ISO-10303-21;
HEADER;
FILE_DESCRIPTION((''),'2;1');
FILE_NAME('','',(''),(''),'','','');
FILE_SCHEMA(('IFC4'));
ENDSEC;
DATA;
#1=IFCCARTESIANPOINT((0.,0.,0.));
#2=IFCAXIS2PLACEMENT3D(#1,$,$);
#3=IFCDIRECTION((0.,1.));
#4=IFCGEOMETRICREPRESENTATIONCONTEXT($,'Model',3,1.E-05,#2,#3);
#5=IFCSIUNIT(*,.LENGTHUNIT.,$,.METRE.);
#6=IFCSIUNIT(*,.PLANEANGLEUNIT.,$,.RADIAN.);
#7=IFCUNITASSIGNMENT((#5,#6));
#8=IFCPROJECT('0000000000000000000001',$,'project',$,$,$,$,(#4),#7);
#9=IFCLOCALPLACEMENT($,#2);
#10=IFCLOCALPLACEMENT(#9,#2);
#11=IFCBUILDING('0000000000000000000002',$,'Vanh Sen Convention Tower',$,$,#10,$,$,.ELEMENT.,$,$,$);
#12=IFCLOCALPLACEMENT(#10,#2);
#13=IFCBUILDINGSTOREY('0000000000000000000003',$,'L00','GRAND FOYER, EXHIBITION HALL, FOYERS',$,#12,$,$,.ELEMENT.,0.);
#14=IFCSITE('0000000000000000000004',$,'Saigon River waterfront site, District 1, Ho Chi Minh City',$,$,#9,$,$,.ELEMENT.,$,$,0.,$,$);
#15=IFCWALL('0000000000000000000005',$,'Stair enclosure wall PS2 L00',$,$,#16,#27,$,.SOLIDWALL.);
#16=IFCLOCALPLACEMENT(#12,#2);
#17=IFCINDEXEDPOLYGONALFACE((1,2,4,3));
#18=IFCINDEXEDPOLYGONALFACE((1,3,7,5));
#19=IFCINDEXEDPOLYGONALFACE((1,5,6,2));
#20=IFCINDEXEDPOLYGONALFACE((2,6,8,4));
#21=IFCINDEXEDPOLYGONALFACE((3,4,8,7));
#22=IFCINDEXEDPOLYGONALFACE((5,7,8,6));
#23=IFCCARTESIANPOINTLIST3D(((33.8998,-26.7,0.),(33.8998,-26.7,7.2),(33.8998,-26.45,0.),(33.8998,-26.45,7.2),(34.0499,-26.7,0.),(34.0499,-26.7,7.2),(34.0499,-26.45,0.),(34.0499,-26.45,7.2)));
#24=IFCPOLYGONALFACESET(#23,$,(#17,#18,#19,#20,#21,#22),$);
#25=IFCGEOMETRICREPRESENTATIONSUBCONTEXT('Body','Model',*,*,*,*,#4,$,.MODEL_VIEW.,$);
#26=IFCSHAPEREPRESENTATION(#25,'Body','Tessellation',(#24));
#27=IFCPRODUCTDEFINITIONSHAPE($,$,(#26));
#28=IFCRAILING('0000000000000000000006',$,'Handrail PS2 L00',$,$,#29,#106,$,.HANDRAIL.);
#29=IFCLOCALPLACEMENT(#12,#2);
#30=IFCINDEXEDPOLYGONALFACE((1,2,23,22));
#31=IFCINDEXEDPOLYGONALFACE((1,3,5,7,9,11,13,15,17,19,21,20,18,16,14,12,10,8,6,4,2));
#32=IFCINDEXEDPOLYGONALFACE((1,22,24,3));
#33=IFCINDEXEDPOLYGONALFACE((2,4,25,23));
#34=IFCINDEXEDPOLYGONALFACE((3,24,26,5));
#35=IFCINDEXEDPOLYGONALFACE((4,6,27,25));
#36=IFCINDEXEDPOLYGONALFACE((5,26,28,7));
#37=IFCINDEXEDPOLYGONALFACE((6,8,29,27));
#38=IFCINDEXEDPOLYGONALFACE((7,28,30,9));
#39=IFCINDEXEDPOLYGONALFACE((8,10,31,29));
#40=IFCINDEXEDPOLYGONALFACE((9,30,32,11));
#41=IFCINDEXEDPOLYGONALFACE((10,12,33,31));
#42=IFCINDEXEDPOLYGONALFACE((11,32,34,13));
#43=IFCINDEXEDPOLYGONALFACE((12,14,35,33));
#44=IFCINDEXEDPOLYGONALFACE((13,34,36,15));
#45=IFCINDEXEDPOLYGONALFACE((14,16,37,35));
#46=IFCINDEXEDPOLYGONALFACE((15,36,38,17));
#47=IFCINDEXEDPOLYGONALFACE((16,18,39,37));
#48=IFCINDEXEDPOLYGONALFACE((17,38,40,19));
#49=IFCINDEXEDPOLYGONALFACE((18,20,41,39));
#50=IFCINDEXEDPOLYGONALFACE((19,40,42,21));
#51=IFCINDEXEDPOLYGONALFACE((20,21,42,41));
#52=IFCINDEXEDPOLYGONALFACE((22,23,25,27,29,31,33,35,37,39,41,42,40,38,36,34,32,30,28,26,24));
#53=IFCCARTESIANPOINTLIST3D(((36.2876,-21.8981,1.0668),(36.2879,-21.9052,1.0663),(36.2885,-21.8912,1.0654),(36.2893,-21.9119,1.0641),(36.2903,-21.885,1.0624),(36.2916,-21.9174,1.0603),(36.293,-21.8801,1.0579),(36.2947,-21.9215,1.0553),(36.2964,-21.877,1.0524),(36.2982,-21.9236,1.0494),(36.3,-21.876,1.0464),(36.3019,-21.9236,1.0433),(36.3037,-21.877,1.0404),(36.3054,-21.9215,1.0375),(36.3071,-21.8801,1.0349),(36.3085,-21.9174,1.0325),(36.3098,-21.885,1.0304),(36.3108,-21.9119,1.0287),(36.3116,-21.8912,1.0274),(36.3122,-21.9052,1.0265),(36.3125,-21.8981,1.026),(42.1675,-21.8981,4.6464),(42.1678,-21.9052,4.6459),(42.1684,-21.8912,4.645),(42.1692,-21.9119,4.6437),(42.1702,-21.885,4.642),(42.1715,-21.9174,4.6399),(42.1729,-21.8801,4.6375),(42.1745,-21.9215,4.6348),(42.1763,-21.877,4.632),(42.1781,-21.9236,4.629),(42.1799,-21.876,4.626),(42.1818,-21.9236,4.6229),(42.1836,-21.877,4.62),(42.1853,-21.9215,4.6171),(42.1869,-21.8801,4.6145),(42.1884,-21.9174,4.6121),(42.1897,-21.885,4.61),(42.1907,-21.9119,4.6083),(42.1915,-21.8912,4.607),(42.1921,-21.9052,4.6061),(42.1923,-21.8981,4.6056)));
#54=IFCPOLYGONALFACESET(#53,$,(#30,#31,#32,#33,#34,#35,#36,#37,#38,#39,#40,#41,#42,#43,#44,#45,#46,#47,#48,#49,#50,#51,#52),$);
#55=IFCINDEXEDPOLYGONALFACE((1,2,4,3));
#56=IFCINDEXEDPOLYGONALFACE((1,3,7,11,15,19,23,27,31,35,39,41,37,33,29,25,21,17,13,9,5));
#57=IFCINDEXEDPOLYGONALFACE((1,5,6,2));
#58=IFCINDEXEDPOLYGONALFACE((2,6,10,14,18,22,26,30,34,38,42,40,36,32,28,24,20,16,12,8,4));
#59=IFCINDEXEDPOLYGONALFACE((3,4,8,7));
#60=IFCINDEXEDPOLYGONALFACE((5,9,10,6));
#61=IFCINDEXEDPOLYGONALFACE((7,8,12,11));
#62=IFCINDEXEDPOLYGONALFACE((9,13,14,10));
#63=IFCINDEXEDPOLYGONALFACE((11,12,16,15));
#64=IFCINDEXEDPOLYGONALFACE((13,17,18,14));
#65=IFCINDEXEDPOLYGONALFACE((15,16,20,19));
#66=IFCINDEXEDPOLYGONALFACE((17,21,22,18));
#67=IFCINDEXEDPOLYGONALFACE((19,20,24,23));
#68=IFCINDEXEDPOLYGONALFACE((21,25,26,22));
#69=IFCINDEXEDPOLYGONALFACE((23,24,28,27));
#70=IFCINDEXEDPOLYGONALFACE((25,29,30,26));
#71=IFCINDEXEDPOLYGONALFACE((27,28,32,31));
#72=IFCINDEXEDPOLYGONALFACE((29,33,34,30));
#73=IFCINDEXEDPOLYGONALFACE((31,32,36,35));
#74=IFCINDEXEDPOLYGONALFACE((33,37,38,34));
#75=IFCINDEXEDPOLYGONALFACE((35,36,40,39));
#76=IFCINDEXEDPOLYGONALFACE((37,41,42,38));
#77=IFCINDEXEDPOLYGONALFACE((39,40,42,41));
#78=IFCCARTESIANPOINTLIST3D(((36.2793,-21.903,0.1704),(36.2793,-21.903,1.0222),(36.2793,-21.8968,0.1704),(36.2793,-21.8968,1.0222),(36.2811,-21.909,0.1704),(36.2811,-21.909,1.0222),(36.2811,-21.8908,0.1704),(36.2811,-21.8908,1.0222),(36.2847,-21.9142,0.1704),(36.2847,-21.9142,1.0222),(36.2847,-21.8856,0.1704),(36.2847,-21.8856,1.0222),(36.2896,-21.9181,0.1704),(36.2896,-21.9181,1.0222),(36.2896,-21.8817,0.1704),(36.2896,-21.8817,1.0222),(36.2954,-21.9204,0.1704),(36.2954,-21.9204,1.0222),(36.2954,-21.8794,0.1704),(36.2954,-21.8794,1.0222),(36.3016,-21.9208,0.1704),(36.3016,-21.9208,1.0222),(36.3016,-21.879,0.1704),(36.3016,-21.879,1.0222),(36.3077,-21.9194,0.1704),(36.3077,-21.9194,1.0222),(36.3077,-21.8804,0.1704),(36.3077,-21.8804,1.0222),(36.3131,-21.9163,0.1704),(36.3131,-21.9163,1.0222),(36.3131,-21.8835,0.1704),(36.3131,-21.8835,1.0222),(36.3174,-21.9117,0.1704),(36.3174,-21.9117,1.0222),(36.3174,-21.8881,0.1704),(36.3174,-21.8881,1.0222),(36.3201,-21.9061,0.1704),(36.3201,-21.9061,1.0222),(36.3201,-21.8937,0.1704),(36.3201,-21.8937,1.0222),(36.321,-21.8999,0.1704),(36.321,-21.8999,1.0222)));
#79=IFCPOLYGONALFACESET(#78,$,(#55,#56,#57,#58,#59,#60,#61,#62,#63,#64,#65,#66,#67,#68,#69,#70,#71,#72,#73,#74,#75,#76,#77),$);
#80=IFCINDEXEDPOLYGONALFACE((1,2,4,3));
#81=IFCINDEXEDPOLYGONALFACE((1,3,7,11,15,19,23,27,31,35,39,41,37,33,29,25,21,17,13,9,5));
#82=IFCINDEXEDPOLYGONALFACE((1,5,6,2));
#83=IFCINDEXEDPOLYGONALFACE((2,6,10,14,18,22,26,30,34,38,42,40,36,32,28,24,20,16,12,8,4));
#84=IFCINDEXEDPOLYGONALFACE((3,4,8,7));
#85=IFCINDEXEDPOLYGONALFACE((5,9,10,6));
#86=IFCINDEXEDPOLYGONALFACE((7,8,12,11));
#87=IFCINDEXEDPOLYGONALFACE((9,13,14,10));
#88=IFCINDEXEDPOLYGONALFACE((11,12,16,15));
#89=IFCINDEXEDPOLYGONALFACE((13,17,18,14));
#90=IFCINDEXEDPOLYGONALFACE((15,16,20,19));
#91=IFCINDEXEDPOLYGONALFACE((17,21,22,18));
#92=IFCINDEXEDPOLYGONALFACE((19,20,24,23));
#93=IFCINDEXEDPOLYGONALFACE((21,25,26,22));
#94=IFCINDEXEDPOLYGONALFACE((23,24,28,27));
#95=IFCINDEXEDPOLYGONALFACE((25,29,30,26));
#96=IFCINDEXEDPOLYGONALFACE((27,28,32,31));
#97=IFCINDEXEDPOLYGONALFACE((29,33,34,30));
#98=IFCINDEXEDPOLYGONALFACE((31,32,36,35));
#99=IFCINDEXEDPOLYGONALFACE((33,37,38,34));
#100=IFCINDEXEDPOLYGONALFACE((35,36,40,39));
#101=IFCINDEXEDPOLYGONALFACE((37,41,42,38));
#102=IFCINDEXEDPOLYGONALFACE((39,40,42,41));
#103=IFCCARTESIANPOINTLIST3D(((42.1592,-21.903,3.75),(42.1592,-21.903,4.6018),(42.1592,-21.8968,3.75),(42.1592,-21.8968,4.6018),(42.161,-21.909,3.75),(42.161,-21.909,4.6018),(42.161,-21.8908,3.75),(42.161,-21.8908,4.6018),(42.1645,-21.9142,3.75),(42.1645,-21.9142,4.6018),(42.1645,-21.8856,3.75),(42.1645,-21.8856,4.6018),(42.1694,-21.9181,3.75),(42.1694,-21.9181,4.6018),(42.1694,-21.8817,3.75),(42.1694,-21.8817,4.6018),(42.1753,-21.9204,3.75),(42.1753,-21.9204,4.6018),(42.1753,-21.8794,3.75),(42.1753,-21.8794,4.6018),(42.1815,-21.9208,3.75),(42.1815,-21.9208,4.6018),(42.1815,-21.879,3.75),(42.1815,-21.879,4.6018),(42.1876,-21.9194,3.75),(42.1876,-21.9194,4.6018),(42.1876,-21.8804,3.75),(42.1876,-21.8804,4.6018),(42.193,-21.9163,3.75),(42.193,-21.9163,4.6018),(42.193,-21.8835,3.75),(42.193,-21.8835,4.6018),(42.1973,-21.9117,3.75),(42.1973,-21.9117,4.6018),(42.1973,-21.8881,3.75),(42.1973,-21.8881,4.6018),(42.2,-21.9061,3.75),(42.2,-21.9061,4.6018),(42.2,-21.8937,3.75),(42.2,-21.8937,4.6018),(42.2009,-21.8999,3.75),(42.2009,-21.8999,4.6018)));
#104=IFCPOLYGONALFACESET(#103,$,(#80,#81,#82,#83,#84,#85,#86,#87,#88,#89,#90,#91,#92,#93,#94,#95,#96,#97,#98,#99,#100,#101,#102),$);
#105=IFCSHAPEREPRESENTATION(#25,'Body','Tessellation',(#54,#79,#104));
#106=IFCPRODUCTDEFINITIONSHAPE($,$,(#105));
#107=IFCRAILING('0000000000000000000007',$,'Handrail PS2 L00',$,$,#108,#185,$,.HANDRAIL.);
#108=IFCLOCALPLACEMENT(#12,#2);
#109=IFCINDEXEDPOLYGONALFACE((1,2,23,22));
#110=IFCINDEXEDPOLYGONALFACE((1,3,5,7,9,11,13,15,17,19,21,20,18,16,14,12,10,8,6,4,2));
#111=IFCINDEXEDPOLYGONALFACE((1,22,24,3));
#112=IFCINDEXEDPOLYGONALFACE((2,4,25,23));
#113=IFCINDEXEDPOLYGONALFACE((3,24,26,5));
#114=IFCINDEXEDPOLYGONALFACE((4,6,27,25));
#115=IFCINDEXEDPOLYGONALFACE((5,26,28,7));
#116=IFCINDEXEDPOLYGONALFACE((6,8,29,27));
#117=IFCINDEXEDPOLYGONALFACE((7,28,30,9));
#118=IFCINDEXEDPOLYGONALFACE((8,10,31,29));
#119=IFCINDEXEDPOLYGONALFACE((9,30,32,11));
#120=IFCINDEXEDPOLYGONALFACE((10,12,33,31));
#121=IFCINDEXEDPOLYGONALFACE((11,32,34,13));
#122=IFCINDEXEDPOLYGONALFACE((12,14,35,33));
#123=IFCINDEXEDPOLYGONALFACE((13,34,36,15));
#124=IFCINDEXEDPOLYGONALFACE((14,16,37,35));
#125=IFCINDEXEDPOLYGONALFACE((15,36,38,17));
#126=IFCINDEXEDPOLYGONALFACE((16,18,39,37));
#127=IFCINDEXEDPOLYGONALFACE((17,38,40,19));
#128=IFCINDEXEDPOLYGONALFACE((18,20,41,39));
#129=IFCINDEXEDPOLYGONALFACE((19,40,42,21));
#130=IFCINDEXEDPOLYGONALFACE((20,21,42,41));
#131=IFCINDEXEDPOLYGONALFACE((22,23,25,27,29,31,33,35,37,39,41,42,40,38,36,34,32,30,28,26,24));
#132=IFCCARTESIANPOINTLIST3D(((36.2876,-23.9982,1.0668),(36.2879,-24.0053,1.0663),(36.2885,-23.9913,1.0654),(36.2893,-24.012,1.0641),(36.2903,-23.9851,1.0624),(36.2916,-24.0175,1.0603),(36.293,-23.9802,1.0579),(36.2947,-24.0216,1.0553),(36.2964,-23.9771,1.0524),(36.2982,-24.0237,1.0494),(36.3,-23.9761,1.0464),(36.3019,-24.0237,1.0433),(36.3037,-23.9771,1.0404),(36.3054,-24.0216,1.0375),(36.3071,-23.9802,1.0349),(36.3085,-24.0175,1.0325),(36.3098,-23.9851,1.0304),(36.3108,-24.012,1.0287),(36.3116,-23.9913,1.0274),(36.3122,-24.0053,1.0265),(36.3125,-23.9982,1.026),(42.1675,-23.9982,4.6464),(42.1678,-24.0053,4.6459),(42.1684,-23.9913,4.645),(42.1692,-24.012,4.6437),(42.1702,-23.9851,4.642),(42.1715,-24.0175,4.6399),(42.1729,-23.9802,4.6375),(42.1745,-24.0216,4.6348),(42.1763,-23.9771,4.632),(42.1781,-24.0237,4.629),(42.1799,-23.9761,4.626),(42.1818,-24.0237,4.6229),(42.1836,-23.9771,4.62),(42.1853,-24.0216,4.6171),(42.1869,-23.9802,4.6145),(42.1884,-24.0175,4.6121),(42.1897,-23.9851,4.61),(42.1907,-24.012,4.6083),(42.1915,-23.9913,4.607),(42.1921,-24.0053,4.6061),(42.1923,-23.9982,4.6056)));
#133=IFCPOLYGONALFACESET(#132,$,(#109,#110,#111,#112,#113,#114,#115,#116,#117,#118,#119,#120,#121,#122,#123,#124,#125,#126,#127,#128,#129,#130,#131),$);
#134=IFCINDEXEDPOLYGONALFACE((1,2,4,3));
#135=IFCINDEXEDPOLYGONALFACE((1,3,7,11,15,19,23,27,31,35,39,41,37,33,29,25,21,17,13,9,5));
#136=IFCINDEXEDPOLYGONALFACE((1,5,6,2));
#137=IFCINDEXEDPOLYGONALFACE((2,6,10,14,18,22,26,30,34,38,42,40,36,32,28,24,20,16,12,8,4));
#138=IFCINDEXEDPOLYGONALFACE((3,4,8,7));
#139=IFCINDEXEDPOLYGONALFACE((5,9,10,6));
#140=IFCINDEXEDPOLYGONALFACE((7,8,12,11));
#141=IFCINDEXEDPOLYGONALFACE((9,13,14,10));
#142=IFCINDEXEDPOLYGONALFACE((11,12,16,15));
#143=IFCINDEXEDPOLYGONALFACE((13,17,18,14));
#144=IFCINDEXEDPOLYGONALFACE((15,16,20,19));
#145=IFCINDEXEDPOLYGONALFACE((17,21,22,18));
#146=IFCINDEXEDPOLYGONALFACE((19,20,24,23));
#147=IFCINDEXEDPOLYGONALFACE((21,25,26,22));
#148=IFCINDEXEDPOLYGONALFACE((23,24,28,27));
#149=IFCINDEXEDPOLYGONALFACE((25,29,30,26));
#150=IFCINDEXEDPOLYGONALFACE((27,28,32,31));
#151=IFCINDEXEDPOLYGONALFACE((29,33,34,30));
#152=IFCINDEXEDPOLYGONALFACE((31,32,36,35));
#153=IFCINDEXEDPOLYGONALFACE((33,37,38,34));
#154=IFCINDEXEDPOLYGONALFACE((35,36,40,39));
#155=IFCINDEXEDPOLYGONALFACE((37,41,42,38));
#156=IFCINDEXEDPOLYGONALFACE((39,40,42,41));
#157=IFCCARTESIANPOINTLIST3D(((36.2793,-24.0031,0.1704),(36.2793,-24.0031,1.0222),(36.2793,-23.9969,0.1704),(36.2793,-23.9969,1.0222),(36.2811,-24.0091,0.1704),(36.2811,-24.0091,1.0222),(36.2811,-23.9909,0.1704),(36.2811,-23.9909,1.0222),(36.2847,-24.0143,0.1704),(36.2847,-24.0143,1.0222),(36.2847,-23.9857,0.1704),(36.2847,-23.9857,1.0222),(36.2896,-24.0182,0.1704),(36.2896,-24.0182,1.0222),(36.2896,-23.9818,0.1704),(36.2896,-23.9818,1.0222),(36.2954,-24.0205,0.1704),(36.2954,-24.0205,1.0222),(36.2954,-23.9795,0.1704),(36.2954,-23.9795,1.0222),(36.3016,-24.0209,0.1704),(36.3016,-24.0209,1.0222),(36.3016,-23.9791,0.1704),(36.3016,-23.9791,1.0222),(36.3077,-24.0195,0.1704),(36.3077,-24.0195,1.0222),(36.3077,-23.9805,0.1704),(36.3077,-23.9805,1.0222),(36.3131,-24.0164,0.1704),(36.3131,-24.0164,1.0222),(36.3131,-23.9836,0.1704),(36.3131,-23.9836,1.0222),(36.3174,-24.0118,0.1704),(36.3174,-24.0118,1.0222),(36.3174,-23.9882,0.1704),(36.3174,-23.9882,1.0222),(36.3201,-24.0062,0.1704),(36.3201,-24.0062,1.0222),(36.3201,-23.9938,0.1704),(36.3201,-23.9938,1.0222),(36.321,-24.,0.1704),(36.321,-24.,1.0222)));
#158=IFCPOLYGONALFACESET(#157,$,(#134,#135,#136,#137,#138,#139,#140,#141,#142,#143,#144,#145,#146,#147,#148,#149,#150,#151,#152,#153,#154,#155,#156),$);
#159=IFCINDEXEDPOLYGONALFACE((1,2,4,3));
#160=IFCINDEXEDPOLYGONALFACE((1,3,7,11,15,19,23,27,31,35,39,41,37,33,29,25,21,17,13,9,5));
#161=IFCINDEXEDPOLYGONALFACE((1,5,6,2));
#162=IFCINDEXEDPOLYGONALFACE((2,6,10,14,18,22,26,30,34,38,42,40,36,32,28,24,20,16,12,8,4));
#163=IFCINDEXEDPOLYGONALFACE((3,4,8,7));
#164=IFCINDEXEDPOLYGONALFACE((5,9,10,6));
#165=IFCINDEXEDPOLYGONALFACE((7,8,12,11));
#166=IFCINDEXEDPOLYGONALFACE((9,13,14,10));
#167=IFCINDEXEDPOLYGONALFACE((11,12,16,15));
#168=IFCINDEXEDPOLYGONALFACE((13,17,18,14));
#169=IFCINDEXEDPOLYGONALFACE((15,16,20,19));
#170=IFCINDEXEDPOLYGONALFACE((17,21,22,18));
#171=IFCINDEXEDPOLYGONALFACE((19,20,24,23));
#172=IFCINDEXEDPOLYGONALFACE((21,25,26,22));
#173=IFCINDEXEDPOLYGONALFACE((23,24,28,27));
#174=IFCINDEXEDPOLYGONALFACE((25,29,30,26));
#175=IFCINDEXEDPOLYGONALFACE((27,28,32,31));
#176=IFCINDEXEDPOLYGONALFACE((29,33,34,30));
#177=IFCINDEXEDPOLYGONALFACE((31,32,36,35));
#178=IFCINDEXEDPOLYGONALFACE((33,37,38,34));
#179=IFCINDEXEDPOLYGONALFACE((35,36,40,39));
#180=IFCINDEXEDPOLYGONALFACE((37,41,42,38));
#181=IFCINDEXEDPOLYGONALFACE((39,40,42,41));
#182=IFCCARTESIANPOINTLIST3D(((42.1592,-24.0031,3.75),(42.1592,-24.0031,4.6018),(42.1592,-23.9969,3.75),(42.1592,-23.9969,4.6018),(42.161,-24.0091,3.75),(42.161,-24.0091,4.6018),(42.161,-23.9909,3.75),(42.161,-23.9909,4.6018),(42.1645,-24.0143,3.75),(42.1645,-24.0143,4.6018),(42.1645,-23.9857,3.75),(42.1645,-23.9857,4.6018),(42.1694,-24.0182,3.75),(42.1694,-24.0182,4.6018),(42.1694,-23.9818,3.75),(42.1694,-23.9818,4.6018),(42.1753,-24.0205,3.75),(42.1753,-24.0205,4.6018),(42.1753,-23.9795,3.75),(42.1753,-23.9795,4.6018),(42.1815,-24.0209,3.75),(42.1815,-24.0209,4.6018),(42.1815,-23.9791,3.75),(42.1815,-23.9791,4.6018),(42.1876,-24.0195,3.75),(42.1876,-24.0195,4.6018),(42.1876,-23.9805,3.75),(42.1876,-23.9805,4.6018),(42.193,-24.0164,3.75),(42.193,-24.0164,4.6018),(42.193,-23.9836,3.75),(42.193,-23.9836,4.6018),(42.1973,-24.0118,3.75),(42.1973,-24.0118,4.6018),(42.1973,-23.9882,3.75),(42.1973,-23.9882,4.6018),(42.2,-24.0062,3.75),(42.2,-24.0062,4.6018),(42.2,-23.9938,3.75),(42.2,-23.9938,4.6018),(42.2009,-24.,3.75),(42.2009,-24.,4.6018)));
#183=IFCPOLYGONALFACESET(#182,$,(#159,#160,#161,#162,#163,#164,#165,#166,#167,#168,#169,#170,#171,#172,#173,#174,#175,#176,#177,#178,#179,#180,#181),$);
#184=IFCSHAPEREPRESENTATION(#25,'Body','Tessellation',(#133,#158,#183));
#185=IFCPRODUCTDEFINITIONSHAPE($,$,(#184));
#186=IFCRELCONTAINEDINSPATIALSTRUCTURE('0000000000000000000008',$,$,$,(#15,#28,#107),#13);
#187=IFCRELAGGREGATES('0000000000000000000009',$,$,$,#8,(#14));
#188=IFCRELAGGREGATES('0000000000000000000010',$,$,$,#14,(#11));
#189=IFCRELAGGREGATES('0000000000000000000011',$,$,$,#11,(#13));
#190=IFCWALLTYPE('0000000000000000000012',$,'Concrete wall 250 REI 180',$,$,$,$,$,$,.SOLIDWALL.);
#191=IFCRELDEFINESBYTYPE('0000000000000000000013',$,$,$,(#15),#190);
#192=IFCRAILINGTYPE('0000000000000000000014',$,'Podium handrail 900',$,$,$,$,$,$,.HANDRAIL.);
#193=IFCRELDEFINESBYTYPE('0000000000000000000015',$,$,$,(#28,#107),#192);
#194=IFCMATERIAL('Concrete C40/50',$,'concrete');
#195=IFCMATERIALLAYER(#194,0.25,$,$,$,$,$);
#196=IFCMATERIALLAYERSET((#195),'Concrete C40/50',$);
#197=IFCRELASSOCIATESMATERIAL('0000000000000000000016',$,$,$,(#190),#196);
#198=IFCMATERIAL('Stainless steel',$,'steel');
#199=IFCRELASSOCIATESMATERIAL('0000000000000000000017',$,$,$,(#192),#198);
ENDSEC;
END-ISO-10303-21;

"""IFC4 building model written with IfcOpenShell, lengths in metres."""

from ifc_helpers import new_model, si_unit, direction, frame, frame_2d, origin, origin_2d, place, context, subcontext, project, spatial, rectangle, circle, extrude, material, layer, layer_set, type_object, element, save


model = new_model("IFC4")

# Units and contexts
model_context = context("Model", 3, precision=1e-05, world=origin(), true_north=direction((0.0, 1.0)))
body_context = subcontext(model_context, "Body", "Model", "MODEL_VIEW")
ifc_project = project(units=[si_unit("LENGTHUNIT", "METRE"), si_unit("PLANEANGLEUNIT", "RADIAN")], contexts=[model_context])

# Site, building, storey
site_placement = place(None, origin())
site = spatial("IfcSite", under=ifc_project, at=site_placement, Name="Saigon River waterfront site, District 1, Ho Chi Minh City", CompositionType="ELEMENT", RefElevation=0.0)
building_placement = place(site_placement, origin())
building = spatial("IfcBuilding", under=site, at=building_placement, Name="Vanh Sen Convention Tower", CompositionType="ELEMENT")
storey_placement = place(building_placement, origin())
storey = spatial("IfcBuildingStorey", under=building, at=storey_placement, Name="L00", Description="GRAND FOYER, EXHIBITION HALL, FOYERS", CompositionType="ELEMENT", Elevation=0.0)

# Shared definitions
ifc_material_1 = material(Name="Concrete C40/50", Category="concrete")

# Shared definitions
ifc_layer_1 = layer(ifc_material_1, 0.25)
ifc_layer_set_1 = layer_set([ifc_layer_1], Name="Concrete C40/50")
wall_type_1 = type_object("IfcWallType", Name="Concrete wall 250 REI 180", PredefinedType="SOLIDWALL", material=ifc_layer_set_1)

# Wall
wall_1_placement = place(storey_placement, frame((34.05, -26.575, 0.0), z_axis=(0.0, 0.0, 1.0), x_axis=(-1.0, 0.0, 0.0)))
element("IfcWall", 1, at=wall_1_placement, inside=storey, type_object=wall_type_1, Name="Stair enclosure wall PS2 L00", PredefinedType="SOLIDWALL", context=body_context, shape_type="SweptSolid", body=[
    extrude(rectangle(XDim=0.1501, YDim=0.25, at=frame_2d((0.0752, 0.0))), origin(), (0.0, 0.0, 1.0), 7.2),
])

# Railings
ifc_material_2 = material(Name="Stainless steel", Category="steel")
railing_type_1 = type_object("IfcRailingType", Name="Podium handrail 900", PredefinedType="HANDRAIL", material=ifc_material_2)
for number, where, name in (
    (2, (36.3, -21.8999, 0.1704), "Handrail PS2 L00"),
    (3, (36.3, -24.0, 0.1704), "Handrail PS2 L00"),
):
    element("IfcRailing", number, at=place(storey_placement, frame(where)), inside=storey, type_object=railing_type_1, Name=name, PredefinedType="HANDRAIL", context=body_context, shape_type="SweptSolid", body=[
        extrude(circle(Radius=0.0239, at=origin_2d()), frame((0.0, 0.0, 0.876), z_axis=(0.854164, 0.0, 0.520003), x_axis=(0.0, 1.0, 0.0)), (0.0, 0.0, 1.0), 6.8838),
        extrude(circle(Radius=0.021, at=origin_2d()), origin(), (0.0, 0.0, 1.0), 0.8518),
        extrude(circle(Radius=0.021, at=origin_2d()), frame((5.8799, 0.0, 3.5796)), (0.0, 0.0, 1.0), 0.8518),
    ])

save(model, "model.ifc")
